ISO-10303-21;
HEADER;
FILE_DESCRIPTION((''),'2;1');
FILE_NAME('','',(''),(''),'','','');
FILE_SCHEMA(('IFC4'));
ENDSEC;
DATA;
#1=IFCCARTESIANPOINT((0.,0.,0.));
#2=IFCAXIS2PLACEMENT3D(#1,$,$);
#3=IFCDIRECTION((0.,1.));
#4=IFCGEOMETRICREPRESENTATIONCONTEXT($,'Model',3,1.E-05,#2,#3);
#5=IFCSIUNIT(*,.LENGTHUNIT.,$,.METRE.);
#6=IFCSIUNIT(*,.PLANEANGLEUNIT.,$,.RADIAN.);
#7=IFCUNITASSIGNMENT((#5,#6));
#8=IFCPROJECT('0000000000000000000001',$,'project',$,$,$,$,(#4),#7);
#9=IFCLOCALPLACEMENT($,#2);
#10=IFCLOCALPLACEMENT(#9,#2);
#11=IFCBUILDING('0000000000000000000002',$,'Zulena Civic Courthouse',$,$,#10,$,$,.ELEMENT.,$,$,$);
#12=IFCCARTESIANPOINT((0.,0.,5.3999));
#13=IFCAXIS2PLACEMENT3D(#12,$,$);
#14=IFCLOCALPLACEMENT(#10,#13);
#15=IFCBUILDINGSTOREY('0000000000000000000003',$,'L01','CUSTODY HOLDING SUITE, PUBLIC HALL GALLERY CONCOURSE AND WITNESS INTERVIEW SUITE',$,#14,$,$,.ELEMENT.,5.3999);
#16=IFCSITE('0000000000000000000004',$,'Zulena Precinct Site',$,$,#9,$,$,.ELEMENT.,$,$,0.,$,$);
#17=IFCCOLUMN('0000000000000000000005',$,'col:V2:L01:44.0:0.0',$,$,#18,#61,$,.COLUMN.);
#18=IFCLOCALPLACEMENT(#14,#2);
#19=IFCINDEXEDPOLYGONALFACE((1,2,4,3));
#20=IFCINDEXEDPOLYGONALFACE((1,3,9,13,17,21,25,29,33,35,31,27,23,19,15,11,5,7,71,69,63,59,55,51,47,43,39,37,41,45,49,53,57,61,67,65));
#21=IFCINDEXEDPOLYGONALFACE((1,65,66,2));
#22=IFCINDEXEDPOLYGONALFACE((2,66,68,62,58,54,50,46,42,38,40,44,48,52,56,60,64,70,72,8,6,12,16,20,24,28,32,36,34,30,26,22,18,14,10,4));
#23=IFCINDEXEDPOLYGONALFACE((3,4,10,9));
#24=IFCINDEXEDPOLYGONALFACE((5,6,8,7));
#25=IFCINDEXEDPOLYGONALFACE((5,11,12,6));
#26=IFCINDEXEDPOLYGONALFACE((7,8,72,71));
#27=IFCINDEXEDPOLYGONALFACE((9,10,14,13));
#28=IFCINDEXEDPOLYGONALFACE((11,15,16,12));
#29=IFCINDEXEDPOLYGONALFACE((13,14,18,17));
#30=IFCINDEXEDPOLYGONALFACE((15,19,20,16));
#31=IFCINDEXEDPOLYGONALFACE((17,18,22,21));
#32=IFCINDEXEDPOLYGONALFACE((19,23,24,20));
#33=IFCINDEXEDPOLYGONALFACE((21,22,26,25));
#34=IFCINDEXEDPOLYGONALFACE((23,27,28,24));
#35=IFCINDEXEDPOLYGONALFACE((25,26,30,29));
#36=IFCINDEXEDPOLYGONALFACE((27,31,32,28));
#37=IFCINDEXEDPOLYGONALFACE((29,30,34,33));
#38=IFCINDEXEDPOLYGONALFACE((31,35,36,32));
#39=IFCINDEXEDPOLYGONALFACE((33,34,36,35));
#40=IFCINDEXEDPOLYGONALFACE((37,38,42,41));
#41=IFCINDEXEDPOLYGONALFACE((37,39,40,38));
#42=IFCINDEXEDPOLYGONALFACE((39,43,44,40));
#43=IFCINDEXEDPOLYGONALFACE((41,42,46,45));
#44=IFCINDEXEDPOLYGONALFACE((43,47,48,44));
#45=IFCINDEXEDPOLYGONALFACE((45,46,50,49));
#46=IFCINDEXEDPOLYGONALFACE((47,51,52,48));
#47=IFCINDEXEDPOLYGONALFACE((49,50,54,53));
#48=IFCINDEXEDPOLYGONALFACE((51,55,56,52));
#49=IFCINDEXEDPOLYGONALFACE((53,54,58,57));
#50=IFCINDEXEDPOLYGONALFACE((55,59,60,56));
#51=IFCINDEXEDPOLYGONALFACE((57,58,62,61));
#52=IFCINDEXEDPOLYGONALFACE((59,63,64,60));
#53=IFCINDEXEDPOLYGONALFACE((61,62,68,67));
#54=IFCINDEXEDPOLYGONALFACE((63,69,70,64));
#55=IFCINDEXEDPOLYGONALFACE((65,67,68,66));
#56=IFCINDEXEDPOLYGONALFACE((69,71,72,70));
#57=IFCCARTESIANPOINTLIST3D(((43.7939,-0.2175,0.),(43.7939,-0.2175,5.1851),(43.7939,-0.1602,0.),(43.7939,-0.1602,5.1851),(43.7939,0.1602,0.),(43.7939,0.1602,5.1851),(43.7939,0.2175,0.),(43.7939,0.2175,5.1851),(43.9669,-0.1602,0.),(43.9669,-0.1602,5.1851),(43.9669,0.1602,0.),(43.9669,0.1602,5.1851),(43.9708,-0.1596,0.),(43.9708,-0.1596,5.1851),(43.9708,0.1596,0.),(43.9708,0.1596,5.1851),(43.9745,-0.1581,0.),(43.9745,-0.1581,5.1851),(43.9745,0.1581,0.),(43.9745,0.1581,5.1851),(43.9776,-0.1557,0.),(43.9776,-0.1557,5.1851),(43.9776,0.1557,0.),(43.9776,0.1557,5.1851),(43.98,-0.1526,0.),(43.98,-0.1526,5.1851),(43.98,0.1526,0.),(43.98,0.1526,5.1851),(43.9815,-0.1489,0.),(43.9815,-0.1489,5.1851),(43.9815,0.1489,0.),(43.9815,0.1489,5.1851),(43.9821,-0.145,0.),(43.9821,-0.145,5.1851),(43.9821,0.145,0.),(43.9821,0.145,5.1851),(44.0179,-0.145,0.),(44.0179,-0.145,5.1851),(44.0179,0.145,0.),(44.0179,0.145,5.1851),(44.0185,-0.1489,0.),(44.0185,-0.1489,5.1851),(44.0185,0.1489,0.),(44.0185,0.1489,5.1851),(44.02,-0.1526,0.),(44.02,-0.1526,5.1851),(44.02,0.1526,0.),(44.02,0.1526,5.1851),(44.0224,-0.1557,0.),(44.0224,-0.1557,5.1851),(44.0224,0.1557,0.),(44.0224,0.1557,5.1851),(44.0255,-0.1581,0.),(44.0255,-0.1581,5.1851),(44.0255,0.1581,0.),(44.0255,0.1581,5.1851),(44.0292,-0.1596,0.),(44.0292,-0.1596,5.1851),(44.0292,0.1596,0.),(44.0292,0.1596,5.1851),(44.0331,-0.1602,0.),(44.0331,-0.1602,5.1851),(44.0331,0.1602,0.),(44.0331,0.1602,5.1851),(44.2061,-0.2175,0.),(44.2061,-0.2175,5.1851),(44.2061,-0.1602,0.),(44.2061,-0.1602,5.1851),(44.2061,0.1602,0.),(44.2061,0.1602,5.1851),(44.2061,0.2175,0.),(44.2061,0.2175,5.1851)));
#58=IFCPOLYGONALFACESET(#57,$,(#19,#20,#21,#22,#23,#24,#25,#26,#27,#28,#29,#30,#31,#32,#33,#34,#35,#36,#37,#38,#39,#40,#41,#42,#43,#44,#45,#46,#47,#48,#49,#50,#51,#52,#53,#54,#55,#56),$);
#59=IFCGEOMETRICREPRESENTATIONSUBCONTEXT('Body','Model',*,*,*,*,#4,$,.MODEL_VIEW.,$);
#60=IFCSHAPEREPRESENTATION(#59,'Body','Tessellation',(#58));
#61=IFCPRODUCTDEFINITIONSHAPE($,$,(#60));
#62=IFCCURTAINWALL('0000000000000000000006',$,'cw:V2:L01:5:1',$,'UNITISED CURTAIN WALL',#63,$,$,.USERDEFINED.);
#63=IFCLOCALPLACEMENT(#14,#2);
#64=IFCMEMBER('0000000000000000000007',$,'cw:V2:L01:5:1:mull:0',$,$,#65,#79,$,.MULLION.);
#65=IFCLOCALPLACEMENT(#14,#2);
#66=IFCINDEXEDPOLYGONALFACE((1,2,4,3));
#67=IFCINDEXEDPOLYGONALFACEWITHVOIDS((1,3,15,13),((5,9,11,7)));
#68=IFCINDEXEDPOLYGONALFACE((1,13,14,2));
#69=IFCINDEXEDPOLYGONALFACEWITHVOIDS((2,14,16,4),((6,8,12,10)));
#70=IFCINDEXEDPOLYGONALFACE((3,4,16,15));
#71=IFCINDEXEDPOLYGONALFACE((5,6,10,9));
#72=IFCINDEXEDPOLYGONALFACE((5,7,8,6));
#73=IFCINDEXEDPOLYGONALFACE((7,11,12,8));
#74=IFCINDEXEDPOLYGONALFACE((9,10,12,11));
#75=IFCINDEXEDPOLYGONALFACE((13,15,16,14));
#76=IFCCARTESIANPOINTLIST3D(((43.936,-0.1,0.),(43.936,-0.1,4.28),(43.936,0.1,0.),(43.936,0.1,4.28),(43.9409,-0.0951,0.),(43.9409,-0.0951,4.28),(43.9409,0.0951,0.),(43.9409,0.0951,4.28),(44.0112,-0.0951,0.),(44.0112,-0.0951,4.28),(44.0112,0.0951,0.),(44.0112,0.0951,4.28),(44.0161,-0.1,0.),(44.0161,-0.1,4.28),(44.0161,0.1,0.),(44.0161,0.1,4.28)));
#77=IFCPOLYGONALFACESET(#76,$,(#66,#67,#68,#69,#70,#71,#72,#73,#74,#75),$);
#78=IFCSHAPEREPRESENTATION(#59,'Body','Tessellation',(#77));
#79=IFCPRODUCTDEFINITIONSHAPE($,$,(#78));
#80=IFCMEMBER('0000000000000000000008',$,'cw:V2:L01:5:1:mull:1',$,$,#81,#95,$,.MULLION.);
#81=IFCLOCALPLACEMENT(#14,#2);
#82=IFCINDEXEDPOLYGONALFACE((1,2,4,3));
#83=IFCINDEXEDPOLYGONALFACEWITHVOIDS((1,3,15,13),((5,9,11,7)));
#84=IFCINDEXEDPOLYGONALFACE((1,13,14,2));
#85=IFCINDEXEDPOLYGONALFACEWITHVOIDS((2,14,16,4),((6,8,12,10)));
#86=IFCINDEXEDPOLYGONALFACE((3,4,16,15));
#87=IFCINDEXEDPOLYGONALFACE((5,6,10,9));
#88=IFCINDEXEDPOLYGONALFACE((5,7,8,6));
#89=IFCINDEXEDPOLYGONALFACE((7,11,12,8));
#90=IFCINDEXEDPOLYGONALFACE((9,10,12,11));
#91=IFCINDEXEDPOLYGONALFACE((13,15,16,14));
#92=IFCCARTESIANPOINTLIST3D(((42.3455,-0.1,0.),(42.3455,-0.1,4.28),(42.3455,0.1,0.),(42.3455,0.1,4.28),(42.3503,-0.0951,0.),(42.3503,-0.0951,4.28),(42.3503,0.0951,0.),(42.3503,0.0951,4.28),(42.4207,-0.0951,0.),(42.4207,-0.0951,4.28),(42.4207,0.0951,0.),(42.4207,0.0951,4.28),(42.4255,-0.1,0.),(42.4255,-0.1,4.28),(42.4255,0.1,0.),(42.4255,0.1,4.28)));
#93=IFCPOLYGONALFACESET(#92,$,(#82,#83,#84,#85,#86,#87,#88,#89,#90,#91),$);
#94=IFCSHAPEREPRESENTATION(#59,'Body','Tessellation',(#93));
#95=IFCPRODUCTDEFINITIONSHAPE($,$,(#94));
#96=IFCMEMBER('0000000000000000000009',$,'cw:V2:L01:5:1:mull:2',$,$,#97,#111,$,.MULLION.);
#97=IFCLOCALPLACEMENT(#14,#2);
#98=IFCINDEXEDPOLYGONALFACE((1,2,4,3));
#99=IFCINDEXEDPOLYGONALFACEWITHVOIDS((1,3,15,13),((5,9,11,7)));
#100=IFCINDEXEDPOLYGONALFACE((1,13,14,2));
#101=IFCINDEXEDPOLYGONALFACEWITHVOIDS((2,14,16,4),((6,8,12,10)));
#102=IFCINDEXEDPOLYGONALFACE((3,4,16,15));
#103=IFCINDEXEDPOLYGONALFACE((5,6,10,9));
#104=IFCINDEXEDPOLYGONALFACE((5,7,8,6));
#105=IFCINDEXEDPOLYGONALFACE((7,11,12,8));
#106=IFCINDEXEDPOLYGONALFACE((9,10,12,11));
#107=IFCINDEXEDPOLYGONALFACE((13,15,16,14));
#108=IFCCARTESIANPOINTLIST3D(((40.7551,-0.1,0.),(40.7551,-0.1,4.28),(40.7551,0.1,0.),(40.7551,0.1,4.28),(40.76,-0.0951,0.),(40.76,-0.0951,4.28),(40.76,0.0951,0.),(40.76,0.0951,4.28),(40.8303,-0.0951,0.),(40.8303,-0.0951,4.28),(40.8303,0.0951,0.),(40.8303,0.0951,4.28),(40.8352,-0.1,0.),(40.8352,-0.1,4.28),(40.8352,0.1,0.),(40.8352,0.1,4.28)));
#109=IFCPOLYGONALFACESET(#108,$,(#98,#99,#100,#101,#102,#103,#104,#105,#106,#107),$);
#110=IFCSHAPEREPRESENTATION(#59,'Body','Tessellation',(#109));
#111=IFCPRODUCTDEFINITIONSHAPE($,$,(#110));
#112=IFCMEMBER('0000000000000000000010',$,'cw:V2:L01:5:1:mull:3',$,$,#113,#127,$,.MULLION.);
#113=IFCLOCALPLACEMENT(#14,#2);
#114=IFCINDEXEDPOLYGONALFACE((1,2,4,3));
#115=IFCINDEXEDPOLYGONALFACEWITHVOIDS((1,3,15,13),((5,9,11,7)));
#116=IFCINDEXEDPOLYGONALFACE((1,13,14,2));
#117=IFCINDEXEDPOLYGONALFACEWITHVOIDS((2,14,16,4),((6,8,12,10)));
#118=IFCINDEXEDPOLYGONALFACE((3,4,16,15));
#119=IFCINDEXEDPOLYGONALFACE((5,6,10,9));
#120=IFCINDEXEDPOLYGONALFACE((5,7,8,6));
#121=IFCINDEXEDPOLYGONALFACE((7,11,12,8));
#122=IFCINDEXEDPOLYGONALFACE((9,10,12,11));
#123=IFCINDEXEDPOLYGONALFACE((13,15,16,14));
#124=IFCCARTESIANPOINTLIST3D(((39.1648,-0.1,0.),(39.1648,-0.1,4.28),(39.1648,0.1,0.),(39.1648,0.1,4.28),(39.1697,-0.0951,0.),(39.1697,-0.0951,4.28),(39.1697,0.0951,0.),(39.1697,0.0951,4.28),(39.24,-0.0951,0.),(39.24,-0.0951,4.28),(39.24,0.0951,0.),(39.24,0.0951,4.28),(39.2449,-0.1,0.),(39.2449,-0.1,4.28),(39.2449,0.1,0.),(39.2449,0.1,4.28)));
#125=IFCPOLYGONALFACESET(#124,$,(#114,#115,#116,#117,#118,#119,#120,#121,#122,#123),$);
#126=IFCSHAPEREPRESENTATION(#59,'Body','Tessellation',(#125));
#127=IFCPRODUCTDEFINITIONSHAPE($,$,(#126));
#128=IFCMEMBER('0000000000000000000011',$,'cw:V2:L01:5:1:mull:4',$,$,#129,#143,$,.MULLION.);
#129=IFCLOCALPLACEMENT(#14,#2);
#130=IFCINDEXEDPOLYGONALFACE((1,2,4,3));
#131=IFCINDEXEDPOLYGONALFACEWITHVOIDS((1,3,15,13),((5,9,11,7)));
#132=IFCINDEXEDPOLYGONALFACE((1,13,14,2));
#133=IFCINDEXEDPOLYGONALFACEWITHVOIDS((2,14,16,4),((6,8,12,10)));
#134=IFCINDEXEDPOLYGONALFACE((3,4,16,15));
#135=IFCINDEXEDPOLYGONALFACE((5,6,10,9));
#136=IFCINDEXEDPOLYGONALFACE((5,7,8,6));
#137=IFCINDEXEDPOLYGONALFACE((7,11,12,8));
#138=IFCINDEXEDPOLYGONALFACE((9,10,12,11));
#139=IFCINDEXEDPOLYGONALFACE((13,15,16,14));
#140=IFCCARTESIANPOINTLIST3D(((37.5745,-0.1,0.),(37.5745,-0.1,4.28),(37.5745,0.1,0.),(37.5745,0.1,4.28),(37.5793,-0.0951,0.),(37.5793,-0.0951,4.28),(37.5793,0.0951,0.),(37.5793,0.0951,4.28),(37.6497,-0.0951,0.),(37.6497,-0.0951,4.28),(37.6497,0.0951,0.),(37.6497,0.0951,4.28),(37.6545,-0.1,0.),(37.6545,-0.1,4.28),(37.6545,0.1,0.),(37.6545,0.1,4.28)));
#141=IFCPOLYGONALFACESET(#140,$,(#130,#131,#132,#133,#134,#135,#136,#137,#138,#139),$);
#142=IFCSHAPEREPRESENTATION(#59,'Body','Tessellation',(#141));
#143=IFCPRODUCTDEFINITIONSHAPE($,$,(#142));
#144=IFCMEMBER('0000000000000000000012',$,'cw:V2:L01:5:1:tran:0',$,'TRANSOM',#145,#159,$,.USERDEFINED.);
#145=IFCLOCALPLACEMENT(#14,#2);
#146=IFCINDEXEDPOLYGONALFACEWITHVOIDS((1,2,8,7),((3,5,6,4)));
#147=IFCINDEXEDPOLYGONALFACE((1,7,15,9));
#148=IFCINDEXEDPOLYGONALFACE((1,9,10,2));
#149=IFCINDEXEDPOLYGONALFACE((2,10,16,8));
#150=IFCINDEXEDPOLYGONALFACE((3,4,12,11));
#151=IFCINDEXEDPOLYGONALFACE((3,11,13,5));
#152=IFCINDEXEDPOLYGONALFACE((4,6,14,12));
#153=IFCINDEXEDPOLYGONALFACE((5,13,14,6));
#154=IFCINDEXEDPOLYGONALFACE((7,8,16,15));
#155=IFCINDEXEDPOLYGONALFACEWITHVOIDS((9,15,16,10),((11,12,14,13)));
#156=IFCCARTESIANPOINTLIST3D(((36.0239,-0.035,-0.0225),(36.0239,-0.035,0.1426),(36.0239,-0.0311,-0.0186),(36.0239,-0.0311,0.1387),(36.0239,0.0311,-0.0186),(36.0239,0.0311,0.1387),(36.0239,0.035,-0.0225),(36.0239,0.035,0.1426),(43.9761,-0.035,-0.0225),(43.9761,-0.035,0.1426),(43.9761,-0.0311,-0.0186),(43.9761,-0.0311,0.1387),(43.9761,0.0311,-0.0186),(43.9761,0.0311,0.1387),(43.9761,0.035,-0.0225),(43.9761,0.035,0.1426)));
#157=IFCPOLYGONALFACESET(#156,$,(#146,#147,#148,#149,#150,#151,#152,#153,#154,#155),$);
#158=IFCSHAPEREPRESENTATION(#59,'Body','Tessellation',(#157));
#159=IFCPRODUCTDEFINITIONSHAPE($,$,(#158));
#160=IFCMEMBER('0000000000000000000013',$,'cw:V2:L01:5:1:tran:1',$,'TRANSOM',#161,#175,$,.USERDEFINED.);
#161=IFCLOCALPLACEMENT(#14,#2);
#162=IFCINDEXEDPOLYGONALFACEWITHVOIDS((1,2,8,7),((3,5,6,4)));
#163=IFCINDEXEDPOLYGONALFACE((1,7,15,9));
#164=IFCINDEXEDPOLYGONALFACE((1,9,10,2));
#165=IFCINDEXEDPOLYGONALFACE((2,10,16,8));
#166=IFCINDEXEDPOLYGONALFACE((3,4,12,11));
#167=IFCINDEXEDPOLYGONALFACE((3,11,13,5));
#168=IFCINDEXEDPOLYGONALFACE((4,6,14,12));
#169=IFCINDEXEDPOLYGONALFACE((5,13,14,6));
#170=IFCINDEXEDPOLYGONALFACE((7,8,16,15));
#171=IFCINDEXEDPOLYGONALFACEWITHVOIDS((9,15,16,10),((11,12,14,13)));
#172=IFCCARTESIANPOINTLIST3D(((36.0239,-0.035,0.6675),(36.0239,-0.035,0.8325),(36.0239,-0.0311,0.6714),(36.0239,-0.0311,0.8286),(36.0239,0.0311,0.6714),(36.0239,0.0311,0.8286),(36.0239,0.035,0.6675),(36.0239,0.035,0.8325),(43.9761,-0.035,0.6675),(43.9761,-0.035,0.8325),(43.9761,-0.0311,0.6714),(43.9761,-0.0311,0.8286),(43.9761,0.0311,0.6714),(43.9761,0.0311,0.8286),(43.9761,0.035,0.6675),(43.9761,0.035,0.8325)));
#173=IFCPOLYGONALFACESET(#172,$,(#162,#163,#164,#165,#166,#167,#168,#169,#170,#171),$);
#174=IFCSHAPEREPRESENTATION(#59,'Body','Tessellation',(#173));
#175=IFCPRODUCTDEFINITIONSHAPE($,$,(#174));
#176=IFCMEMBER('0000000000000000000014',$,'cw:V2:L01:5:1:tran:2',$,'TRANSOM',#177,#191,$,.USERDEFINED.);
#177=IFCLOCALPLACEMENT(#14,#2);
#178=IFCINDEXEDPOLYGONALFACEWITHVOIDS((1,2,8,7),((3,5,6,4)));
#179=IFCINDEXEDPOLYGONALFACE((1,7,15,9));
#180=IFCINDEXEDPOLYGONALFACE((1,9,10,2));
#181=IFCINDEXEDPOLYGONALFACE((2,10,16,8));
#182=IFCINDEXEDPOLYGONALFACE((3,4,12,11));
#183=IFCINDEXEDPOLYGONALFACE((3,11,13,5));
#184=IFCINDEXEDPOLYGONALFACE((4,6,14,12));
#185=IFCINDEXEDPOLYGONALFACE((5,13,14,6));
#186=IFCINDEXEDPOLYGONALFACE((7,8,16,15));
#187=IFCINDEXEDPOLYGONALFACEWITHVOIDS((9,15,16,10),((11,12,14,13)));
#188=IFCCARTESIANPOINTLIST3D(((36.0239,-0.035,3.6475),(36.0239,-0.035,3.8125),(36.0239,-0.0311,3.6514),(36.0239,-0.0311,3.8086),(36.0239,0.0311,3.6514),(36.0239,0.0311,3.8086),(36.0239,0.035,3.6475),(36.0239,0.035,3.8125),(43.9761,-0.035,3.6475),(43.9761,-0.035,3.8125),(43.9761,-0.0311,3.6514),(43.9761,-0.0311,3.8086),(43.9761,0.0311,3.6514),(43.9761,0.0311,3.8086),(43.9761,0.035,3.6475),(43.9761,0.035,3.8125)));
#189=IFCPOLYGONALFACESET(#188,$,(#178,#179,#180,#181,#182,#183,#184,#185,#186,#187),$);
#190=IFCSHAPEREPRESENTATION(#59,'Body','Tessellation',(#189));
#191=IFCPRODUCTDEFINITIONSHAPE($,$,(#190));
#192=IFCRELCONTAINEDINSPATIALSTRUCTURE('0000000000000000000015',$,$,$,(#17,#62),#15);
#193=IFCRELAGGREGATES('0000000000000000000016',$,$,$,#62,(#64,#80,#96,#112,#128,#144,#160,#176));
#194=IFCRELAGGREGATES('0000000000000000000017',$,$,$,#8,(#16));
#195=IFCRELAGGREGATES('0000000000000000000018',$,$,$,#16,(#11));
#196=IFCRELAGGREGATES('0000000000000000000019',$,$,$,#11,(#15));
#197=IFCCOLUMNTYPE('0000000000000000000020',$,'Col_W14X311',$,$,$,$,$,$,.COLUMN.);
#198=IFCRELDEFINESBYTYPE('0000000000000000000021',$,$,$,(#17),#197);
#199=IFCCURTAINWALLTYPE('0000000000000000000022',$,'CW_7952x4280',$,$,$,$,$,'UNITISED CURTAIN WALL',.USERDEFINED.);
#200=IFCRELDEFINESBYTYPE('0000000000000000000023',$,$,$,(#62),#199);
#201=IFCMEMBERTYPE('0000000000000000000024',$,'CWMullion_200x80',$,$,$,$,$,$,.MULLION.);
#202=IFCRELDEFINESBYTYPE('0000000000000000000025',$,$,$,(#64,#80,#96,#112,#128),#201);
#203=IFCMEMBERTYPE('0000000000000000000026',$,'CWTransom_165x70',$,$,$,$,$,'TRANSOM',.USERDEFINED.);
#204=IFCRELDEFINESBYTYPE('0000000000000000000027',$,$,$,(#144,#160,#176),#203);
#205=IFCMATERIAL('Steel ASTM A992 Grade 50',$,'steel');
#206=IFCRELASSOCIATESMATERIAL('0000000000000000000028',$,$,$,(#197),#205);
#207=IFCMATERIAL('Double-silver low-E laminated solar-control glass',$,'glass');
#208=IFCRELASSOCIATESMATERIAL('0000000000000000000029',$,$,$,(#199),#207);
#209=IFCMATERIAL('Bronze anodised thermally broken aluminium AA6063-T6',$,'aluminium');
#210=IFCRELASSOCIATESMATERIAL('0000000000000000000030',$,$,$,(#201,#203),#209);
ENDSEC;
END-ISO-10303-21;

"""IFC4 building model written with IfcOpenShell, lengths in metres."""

from ifc_helpers import new_model, si_unit, direction, frame, origin, origin_2d, place, context, subcontext, project, spatial, hollow_rectangle, i_section, extrude, material, material_profile, profile_set, type_object, element, aggregate, save


model = new_model("IFC4")

# Units and contexts
model_context = context("Model", 3, precision=1e-05, world=origin(), true_north=direction((0.0, 1.0)))
body_context = subcontext(model_context, "Body", "Model", "MODEL_VIEW")
ifc_project = project(units=[si_unit("LENGTHUNIT", "METRE"), si_unit("PLANEANGLEUNIT", "RADIAN")], contexts=[model_context])

# Site, building, storey
site_placement = place(None, origin())
site = spatial("IfcSite", under=ifc_project, at=site_placement, Name="Zulena Precinct Site", CompositionType="ELEMENT", RefElevation=0.0)
building_placement = place(site_placement, origin())
building = spatial("IfcBuilding", under=site, at=building_placement, Name="Zulena Civic Courthouse", CompositionType="ELEMENT")
storey_placement = place(building_placement, frame((0.0, 0.0, 5.3999)))
storey = spatial("IfcBuildingStorey", under=building, at=storey_placement, Name="L01", Description="CUSTODY HOLDING SUITE, PUBLIC HALL GALLERY CONCOURSE AND WITNESS INTERVIEW SUITE", CompositionType="ELEMENT", Elevation=5.3999)

# Column
ifc_material_1 = material(Name="Steel ASTM A992 Grade 50", Category="steel")
ifc_material_profile_1 = material_profile(ifc_material_1, i_section(OverallWidth=0.4121, OverallDepth=0.4351, WebThickness=0.0359, FlangeThickness=0.0574, FilletRadius=0.0151, at=origin_2d()), Name="W14X311")
ifc_profile_set_1 = profile_set([ifc_material_profile_1], Name="Steel ASTM A992 Grade 50")
column_type = type_object("IfcColumnType", Name="Col_W14X311", PredefinedType="COLUMN", material=ifc_profile_set_1)
column_placement = place(storey_placement, frame((44.0, 0.0, 0.0), z_axis=(0.0, 0.0, 1.0), x_axis=(1.0, 0.0, 0.0)))
element("IfcColumn", 1, at=column_placement, inside=storey, type_object=column_type, Name="col:V2:L01:44.0:0.0", PredefinedType="COLUMN", context=body_context, shape_type="SweptSolid", body=[
    extrude(i_section(OverallWidth=0.4121, OverallDepth=0.4351, WebThickness=0.0359, FlangeThickness=0.0574, FilletRadius=0.0151, at=origin_2d()), origin(), (0.0, 0.0, 1.0), 5.1851),
])

# Curtain wall, members
ifc_material_2 = material(Name="Double-silver low-E laminated solar-control glass", Category="glass")
curtain_wall_type = type_object("IfcCurtainWallType", Name="CW_7952x4280", ElementType="UNITISED CURTAIN WALL", PredefinedType="USERDEFINED", material=ifc_material_2)
curtain_wall_placement = place(storey_placement, origin())
curtain_wall = element("IfcCurtainWall", 2, at=curtain_wall_placement, inside=storey, type_object=curtain_wall_type, Name="cw:V2:L01:5:1", ObjectType="UNITISED CURTAIN WALL", PredefinedType="USERDEFINED")
ifc_material_3 = material(Name="Bronze anodised thermally broken aluminium AA6063-T6", Category="aluminium")
ifc_material_profile_2 = material_profile(ifc_material_3, hollow_rectangle(XDim=0.0801, YDim=0.2, WallThickness=0.0049, at=origin_2d()), Name="CWM200X80X5")
ifc_profile_set_2 = profile_set([ifc_material_profile_2], Name="Bronze anodised thermally broken aluminium AA6063-T6")
member_type_1 = type_object("IfcMemberType", Name="CWMullion_200x80", PredefinedType="MULLION", material=ifc_profile_set_2)
member_1_placement = place(storey_placement, frame((43.9761, 0.0, 0.0), z_axis=(0.0, 0.0, 1.0), x_axis=(1.0, 0.0, 0.0)))
member_1 = element("IfcMember", 3, at=member_1_placement, type_object=member_type_1, Name="cw:V2:L01:5:1:mull:0", PredefinedType="MULLION", context=body_context, shape_type="SweptSolid", body=[
    extrude(hollow_rectangle(XDim=0.0801, YDim=0.2, WallThickness=0.0049, at=origin_2d()), origin(), (0.0, 0.0, 1.0), 4.28),
])
member_2_placement = place(storey_placement, frame((42.3855, 0.0, 0.0), z_axis=(0.0, 0.0, 1.0), x_axis=(1.0, 0.0, 0.0)))
member_2 = element("IfcMember", 4, at=member_2_placement, type_object=member_type_1, Name="cw:V2:L01:5:1:mull:1", PredefinedType="MULLION", context=body_context, shape_type="SweptSolid", body=[
    extrude(hollow_rectangle(XDim=0.0801, YDim=0.2, WallThickness=0.0049, at=origin_2d()), origin(), (0.0, 0.0, 1.0), 4.28),
])
member_3_placement = place(storey_placement, frame((40.7952, 0.0, 0.0), z_axis=(0.0, 0.0, 1.0), x_axis=(1.0, 0.0, 0.0)))
member_3 = element("IfcMember", 5, at=member_3_placement, type_object=member_type_1, Name="cw:V2:L01:5:1:mull:2", PredefinedType="MULLION", context=body_context, shape_type="SweptSolid", body=[
    extrude(hollow_rectangle(XDim=0.0801, YDim=0.2, WallThickness=0.0049, at=origin_2d()), origin(), (0.0, 0.0, 1.0), 4.28),
])
member_4_placement = place(storey_placement, frame((39.2048, 0.0, 0.0), z_axis=(0.0, 0.0, 1.0), x_axis=(1.0, 0.0, 0.0)))
member_4 = element("IfcMember", 6, at=member_4_placement, type_object=member_type_1, Name="cw:V2:L01:5:1:mull:3", PredefinedType="MULLION", context=body_context, shape_type="SweptSolid", body=[
    extrude(hollow_rectangle(XDim=0.0801, YDim=0.2, WallThickness=0.0049, at=origin_2d()), origin(), (0.0, 0.0, 1.0), 4.28),
])
member_5_placement = place(storey_placement, frame((37.6145, 0.0, 0.0), z_axis=(0.0, 0.0, 1.0), x_axis=(1.0, 0.0, 0.0)))
member_5 = element("IfcMember", 7, at=member_5_placement, type_object=member_type_1, Name="cw:V2:L01:5:1:mull:4", PredefinedType="MULLION", context=body_context, shape_type="SweptSolid", body=[
    extrude(hollow_rectangle(XDim=0.0801, YDim=0.2, WallThickness=0.0049, at=origin_2d()), origin(), (0.0, 0.0, 1.0), 4.28),
])
ifc_material_profile_3 = material_profile(ifc_material_3, hollow_rectangle(XDim=0.0701, YDim=0.165, WallThickness=0.0039, at=origin_2d()), Name="CWT165X70X4")
ifc_profile_set_3 = profile_set([ifc_material_profile_3], Name="Bronze anodised thermally broken aluminium AA6063-T6")
member_type_2 = type_object("IfcMemberType", Name="CWTransom_165x70", ElementType="TRANSOM", PredefinedType="USERDEFINED", material=ifc_profile_set_3)
member_6_placement = place(storey_placement, frame((43.9761, 0.0, 0.0601), z_axis=(-1.0, 0.0, 0.0), x_axis=(0.0, -1.0, 0.0)))
member_6 = element("IfcMember", 8, at=member_6_placement, type_object=member_type_2, Name="cw:V2:L01:5:1:tran:0", ObjectType="TRANSOM", PredefinedType="USERDEFINED", context=body_context, shape_type="SweptSolid", body=[
    extrude(hollow_rectangle(XDim=0.0701, YDim=0.165, WallThickness=0.0039, at=origin_2d()), origin(), (0.0, 0.0, 1.0), 7.9521),
])
member_7_placement = place(storey_placement, frame((43.9761, 0.0, 0.75), z_axis=(-1.0, 0.0, 0.0), x_axis=(0.0, -1.0, 0.0)))
member_7 = element("IfcMember", 9, at=member_7_placement, type_object=member_type_2, Name="cw:V2:L01:5:1:tran:1", ObjectType="TRANSOM", PredefinedType="USERDEFINED", context=body_context, shape_type="SweptSolid", body=[
    extrude(hollow_rectangle(XDim=0.0701, YDim=0.165, WallThickness=0.0039, at=origin_2d()), origin(), (0.0, 0.0, 1.0), 7.9521),
])
member_8_placement = place(storey_placement, frame((43.9761, 0.0, 3.73), z_axis=(-1.0, 0.0, 0.0), x_axis=(0.0, -1.0, 0.0)))
member_8 = element("IfcMember", 10, at=member_8_placement, type_object=member_type_2, Name="cw:V2:L01:5:1:tran:2", ObjectType="TRANSOM", PredefinedType="USERDEFINED", context=body_context, shape_type="SweptSolid", body=[
    extrude(hollow_rectangle(XDim=0.0701, YDim=0.165, WallThickness=0.0039, at=origin_2d()), origin(), (0.0, 0.0, 1.0), 7.9521),
])

aggregate(curtain_wall, [member_1, member_2, member_3, member_4, member_5, member_6, member_7, member_8])

save(model, "model.ifc")
